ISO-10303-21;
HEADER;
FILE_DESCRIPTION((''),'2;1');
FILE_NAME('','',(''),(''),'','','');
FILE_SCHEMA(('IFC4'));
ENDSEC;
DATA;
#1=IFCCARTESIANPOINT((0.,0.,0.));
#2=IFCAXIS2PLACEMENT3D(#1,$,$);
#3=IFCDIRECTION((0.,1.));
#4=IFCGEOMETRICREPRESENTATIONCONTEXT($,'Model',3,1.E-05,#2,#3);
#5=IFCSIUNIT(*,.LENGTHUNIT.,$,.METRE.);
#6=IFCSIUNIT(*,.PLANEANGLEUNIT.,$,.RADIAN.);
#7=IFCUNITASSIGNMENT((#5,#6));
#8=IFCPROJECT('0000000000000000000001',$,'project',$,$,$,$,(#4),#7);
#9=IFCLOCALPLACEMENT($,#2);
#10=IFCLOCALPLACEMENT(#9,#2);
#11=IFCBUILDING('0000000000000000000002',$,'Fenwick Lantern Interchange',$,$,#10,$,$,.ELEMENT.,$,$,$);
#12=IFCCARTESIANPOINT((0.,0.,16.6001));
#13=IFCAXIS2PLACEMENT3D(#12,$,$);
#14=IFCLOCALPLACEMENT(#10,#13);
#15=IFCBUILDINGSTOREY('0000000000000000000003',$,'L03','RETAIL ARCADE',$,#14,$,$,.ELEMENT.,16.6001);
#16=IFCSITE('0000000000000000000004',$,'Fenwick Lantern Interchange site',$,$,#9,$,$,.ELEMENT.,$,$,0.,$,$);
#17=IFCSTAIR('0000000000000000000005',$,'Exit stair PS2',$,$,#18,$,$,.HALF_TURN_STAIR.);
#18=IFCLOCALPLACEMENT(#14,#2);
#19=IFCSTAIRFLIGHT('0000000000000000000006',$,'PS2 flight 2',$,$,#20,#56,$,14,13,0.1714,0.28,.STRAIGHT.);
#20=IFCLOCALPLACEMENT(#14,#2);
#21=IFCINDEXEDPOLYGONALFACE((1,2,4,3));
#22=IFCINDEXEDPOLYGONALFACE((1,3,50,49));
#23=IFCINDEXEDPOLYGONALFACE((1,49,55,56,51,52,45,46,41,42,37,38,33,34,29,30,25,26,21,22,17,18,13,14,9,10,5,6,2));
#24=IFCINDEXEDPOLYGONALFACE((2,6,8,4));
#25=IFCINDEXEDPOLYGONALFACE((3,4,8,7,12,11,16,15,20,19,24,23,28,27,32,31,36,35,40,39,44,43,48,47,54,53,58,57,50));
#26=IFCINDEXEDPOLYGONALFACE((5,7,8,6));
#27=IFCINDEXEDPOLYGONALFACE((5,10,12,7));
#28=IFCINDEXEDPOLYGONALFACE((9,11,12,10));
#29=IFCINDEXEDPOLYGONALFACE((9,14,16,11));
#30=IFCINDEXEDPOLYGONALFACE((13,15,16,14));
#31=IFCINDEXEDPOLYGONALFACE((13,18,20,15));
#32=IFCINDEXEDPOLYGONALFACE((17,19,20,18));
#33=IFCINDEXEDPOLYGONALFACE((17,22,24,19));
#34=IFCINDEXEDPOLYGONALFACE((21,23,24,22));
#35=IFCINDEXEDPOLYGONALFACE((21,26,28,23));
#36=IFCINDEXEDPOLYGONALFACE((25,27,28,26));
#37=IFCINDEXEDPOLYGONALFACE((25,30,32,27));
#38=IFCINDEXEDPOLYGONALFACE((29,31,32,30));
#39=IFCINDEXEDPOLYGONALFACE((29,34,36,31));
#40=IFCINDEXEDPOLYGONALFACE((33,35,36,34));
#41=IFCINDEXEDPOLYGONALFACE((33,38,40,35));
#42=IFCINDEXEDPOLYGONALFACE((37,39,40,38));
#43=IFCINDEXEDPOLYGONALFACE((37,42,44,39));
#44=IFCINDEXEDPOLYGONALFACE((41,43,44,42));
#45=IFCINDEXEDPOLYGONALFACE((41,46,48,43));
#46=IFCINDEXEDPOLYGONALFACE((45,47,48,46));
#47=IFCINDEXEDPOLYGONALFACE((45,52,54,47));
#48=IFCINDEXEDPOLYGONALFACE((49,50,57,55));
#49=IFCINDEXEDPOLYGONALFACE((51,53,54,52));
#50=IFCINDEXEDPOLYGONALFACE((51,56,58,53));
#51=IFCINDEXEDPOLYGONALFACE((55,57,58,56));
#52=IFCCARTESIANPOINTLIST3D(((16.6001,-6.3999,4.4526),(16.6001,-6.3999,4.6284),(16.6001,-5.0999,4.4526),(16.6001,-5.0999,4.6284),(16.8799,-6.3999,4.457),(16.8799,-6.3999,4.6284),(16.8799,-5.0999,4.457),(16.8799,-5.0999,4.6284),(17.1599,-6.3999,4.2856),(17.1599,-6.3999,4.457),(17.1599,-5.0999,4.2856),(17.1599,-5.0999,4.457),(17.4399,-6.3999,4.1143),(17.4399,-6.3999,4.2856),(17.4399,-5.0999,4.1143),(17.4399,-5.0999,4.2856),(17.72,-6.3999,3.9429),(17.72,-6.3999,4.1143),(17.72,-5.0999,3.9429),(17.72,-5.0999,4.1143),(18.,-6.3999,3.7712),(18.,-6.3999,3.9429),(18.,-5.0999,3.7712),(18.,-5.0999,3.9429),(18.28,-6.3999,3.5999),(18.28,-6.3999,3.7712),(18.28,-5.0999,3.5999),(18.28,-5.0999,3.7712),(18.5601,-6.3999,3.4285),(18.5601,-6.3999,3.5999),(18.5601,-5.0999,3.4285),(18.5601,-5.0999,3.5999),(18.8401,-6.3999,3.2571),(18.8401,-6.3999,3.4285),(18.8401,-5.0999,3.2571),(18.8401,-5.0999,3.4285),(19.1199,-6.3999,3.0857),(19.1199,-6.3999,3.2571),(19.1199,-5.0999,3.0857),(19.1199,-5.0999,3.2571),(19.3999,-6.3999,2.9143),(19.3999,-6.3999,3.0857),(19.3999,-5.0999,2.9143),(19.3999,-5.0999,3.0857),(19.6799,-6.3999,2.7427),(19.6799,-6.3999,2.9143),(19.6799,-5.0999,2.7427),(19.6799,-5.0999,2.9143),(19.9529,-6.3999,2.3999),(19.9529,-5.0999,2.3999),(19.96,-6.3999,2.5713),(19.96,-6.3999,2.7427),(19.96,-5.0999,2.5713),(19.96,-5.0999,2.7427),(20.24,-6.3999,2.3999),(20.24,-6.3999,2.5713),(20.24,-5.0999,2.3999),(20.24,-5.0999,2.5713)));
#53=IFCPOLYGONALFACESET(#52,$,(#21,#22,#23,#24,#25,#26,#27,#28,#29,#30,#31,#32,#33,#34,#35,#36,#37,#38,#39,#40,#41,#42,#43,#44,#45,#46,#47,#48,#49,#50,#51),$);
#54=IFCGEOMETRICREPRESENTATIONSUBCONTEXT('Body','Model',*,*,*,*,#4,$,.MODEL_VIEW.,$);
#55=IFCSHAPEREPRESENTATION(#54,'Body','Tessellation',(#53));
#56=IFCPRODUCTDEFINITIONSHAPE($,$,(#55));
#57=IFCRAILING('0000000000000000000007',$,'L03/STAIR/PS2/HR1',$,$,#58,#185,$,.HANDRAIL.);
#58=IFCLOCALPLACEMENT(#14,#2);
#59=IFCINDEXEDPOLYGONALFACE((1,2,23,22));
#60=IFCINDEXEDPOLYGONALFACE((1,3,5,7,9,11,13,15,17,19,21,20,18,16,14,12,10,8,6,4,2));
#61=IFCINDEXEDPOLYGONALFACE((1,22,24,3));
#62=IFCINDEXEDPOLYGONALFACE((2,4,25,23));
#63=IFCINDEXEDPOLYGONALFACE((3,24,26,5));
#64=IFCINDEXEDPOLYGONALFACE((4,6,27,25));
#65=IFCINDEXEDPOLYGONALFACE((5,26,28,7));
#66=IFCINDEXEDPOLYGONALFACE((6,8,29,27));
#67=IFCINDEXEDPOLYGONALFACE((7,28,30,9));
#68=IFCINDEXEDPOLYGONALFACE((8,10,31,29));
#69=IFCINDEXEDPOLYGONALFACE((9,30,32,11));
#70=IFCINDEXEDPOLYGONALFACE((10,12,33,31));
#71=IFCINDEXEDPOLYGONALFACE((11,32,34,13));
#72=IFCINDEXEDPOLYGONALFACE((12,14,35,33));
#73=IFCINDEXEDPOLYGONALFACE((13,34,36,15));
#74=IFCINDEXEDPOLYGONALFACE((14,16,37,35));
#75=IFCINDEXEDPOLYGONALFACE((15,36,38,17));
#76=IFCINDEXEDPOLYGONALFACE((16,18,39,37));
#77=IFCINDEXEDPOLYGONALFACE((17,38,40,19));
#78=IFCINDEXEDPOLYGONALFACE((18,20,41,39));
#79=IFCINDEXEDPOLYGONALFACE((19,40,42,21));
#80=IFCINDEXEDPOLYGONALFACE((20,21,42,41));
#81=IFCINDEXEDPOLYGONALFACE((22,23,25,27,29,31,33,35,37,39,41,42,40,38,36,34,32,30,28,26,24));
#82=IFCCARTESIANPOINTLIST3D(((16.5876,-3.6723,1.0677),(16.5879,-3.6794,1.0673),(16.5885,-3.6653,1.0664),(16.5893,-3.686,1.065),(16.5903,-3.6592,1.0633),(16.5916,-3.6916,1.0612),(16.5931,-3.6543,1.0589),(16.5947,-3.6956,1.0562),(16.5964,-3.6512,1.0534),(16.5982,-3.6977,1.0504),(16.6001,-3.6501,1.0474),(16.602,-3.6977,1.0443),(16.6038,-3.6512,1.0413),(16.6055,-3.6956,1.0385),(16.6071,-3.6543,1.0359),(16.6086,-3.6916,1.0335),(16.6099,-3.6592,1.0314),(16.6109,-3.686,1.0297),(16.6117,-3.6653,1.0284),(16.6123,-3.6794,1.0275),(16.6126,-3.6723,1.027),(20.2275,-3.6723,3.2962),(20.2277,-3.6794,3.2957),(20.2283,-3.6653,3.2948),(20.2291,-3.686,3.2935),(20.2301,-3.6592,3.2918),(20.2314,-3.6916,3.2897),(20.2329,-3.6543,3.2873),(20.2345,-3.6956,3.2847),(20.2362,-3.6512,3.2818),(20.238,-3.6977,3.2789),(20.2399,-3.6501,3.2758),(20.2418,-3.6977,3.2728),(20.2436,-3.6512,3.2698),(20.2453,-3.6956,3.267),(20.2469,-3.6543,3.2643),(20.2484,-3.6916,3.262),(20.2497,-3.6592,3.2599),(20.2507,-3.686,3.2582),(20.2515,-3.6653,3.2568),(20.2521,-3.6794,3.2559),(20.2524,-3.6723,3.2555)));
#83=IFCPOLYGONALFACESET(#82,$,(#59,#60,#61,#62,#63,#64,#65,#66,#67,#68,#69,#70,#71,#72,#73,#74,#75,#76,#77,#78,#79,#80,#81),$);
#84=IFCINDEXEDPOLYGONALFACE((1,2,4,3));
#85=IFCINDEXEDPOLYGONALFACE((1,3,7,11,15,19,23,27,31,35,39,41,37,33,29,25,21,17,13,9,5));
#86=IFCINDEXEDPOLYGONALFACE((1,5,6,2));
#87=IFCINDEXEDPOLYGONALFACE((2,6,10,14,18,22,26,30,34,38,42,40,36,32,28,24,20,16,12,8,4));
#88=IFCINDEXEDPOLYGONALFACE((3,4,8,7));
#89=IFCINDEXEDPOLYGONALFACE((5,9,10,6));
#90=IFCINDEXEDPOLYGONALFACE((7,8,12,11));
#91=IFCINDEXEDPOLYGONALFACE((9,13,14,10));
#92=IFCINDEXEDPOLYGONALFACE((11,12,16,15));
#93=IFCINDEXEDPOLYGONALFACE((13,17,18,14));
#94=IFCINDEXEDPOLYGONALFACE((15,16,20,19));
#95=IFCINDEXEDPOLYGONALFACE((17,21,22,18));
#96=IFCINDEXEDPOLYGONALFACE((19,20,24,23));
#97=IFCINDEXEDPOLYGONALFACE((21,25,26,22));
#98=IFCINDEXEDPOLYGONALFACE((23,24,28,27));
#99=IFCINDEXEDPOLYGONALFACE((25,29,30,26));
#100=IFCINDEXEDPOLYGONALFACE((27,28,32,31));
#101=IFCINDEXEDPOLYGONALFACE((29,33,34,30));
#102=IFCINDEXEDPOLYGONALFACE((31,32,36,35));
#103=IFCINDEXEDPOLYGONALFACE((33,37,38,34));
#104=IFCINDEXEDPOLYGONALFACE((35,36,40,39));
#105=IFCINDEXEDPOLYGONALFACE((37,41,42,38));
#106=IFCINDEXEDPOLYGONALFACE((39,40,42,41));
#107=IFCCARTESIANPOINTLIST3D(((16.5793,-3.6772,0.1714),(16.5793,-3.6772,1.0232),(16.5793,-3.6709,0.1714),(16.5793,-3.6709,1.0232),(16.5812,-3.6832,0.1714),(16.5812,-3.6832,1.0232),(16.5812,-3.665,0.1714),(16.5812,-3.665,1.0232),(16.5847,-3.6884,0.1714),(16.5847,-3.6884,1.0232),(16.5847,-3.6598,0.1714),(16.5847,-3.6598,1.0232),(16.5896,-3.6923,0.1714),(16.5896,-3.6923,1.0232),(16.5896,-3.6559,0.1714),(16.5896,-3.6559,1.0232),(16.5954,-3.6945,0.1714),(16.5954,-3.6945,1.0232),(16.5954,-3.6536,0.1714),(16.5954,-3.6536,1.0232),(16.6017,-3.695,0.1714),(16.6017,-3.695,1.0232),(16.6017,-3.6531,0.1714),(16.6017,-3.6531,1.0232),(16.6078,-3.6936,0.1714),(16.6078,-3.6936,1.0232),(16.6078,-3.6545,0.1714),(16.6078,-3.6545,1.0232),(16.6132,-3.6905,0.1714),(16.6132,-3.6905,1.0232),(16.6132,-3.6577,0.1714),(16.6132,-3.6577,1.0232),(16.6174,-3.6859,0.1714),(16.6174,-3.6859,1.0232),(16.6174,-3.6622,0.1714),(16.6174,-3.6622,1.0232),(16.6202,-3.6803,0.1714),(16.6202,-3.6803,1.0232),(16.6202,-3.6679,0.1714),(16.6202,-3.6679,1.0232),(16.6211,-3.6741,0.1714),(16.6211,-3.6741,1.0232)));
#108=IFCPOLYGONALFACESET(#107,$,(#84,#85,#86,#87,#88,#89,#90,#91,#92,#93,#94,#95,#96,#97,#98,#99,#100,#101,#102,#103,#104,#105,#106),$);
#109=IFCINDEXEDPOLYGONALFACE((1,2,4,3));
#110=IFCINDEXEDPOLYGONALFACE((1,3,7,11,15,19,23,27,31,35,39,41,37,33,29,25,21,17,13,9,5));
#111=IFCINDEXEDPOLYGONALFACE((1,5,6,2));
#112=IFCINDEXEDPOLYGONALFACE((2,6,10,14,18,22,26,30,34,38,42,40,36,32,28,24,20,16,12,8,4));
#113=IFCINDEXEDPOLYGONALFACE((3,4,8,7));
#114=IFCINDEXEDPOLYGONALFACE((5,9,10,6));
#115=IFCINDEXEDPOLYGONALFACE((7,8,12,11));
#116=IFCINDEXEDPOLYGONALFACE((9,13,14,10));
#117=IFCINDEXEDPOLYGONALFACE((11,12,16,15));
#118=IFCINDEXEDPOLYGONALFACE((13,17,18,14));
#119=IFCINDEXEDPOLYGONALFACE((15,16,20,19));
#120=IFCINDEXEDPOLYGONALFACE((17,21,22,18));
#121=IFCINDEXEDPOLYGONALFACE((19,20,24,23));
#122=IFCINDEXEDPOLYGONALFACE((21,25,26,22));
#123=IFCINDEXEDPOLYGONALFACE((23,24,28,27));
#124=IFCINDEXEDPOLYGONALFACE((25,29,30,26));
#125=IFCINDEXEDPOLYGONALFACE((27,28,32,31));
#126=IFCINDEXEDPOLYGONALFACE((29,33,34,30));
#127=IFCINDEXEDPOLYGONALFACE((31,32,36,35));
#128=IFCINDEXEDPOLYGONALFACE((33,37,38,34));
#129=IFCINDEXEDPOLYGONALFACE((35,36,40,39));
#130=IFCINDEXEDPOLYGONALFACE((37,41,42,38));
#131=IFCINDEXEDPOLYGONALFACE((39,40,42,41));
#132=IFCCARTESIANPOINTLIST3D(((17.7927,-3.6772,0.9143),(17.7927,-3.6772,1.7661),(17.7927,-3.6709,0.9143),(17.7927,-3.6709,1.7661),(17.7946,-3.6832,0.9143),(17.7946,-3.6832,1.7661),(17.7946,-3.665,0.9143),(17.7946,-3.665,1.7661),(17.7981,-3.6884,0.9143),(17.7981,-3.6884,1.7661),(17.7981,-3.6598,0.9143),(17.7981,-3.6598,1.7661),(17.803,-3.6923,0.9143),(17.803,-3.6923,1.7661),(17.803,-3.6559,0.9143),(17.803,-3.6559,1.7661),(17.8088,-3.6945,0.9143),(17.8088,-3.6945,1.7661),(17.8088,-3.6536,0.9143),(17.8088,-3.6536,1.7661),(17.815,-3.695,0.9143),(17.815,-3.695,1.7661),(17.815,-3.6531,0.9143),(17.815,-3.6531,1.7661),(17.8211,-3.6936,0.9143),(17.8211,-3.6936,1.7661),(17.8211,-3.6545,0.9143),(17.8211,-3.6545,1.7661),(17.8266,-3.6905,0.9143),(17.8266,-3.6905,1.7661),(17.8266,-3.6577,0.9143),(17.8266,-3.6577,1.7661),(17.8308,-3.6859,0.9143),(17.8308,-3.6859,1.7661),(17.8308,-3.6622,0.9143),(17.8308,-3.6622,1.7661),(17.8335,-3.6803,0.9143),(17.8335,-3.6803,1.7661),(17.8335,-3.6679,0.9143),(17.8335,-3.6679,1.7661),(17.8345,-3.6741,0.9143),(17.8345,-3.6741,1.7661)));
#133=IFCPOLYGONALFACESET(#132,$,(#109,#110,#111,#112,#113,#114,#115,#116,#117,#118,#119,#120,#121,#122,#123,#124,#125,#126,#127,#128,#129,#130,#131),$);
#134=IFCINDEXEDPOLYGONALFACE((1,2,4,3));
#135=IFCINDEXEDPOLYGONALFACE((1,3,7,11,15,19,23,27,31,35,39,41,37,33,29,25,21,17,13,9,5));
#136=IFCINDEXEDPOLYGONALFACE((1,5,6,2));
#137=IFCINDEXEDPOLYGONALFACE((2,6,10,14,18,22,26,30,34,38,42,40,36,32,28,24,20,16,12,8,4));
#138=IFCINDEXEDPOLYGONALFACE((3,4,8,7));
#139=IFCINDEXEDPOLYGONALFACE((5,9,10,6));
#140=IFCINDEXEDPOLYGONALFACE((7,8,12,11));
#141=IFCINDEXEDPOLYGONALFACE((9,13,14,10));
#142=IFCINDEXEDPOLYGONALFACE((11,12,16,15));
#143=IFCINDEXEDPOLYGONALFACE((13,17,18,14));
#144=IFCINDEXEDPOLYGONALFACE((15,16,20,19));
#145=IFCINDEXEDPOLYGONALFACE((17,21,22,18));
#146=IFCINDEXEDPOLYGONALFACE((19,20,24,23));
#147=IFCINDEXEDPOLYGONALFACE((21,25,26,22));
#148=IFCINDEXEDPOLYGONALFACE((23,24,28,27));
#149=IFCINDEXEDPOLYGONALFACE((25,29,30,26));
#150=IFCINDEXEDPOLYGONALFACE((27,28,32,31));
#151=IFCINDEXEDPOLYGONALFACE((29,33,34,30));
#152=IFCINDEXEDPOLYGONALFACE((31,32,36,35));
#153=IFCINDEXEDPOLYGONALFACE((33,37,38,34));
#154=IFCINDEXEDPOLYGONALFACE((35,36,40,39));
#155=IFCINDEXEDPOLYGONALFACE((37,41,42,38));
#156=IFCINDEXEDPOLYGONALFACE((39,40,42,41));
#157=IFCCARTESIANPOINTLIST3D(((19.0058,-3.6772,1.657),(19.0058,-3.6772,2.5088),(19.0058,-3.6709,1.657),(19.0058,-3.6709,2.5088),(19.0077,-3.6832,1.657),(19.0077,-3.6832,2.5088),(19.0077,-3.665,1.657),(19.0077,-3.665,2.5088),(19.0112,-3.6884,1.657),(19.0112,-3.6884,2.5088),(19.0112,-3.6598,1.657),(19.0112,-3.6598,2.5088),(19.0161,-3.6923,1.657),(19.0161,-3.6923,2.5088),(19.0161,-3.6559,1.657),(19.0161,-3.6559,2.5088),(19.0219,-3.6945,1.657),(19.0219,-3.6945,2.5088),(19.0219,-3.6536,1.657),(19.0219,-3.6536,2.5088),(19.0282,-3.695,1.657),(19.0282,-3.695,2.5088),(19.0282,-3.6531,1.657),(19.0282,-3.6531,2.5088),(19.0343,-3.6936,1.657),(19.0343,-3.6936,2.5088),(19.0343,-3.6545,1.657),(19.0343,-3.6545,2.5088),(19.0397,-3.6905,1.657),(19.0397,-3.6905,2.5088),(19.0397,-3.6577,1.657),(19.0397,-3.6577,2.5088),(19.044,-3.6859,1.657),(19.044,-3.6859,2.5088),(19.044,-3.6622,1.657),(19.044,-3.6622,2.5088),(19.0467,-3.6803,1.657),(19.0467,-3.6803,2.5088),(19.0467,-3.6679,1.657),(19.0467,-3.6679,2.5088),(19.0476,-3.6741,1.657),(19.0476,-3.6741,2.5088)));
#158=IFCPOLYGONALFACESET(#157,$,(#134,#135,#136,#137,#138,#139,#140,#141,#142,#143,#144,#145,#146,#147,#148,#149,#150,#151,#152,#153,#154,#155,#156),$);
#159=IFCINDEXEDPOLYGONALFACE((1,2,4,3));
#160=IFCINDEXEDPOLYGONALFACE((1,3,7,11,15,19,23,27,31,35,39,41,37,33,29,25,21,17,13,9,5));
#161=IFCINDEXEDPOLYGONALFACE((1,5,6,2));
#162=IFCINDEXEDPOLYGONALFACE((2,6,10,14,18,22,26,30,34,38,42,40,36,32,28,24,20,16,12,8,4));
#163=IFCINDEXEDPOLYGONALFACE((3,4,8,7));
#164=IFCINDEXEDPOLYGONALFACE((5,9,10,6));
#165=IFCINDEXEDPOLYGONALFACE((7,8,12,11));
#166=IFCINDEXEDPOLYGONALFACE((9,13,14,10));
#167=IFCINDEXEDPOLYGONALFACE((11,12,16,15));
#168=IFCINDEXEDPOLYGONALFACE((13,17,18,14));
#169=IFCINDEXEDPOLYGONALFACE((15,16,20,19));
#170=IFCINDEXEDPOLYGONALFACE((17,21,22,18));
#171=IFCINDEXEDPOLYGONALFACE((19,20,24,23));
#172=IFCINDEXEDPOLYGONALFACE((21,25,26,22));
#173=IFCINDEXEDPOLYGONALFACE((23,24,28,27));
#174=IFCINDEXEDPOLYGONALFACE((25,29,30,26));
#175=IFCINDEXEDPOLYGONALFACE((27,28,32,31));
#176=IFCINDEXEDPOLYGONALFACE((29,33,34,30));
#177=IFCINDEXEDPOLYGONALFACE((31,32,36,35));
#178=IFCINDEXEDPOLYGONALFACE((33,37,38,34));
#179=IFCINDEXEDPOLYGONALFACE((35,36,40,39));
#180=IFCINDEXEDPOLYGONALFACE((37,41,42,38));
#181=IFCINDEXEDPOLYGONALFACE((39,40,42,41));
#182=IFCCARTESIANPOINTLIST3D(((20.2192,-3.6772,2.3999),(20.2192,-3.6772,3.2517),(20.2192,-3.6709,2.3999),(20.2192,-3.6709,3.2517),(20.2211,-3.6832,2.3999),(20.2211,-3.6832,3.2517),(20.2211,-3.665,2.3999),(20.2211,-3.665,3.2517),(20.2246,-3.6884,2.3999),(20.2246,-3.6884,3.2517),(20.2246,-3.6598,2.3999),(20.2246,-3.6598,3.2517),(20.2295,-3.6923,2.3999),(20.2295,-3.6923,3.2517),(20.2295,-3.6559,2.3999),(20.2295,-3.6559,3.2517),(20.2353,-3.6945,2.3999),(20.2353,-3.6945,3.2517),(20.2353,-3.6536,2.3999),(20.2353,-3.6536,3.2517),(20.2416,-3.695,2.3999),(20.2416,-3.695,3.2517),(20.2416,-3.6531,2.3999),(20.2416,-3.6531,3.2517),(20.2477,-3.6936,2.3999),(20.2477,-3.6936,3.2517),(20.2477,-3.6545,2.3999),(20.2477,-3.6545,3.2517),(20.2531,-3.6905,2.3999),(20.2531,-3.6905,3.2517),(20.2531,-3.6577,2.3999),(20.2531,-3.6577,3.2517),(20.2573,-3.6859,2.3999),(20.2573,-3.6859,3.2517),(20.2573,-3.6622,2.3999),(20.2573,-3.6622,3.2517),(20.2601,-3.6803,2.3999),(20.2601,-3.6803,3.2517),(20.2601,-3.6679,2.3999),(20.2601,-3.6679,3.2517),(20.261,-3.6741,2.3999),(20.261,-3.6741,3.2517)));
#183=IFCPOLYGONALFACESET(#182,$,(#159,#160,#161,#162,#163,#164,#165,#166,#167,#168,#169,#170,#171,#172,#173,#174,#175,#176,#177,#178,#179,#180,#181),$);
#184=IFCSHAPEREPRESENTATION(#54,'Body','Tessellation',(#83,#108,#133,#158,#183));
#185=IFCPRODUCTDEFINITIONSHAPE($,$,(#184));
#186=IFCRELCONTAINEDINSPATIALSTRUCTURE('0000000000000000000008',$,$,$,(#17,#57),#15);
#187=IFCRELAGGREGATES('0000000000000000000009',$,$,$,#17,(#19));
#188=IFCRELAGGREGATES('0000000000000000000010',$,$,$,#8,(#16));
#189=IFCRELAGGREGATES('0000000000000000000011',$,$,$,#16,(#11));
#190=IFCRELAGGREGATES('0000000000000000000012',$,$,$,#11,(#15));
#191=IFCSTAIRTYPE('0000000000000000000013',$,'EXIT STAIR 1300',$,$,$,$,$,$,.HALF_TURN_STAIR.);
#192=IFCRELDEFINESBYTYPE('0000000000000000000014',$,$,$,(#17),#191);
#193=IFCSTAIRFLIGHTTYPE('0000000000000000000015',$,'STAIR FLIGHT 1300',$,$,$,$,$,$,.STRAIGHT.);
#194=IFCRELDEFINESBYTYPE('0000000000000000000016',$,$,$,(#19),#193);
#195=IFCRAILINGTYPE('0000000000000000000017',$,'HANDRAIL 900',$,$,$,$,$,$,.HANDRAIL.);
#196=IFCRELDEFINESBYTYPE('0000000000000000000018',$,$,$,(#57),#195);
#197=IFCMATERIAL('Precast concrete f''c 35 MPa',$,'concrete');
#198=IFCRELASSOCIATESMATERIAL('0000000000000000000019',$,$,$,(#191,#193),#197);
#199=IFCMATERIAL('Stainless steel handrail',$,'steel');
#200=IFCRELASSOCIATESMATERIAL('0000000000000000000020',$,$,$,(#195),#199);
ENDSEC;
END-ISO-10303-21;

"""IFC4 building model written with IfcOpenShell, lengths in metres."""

from ifc_helpers import new_model, si_unit, direction, frame, origin, origin_2d, place, context, subcontext, project, spatial, polyline, circle, outline, extrude, material, type_object, element, aggregate, save


model = new_model("IFC4")

# Units and contexts
model_context = context("Model", 3, precision=1e-05, world=origin(), true_north=direction((0.0, 1.0)))
body_context = subcontext(model_context, "Body", "Model", "MODEL_VIEW")
ifc_project = project(units=[si_unit("LENGTHUNIT", "METRE"), si_unit("PLANEANGLEUNIT", "RADIAN")], contexts=[model_context])

# Site, building, storey
site_placement = place(None, origin())
site = spatial("IfcSite", under=ifc_project, at=site_placement, Name="Fenwick Lantern Interchange site", CompositionType="ELEMENT", RefElevation=0.0)
building_placement = place(site_placement, origin())
building = spatial("IfcBuilding", under=site, at=building_placement, Name="Fenwick Lantern Interchange", CompositionType="ELEMENT")
storey_placement = place(building_placement, frame((0.0, 0.0, 16.6001)))
storey = spatial("IfcBuildingStorey", under=building, at=storey_placement, Name="L03", Description="RETAIL ARCADE", CompositionType="ELEMENT", Elevation=16.6001)

# Stair, stair flight
ifc_material_1 = material(Name="Precast concrete f'c 35 MPa", Category="concrete")
stair_type = type_object("IfcStairType", Name="EXIT STAIR 1300", PredefinedType="HALF_TURN_STAIR", material=ifc_material_1)
stair_placement = place(storey_placement, origin())
stair = element("IfcStair", 1, at=stair_placement, inside=storey, type_object=stair_type, Name="Exit stair PS2", PredefinedType="HALF_TURN_STAIR")
stair_flight_type = type_object("IfcStairFlightType", Name="STAIR FLIGHT 1300", PredefinedType="STRAIGHT", material=ifc_material_1)
stair_flight_1_placement = place(storey_placement, frame((20.24, -5.75, 2.3999), z_axis=(0.0, 0.0, 1.0), x_axis=(-1.0, 0.0, 0.0)))
stair_flight_1 = element("IfcStairFlight", 2, at=stair_flight_1_placement, type_object=stair_flight_type, Name="PS2 flight 2", NumberOfRisers=14, NumberOfTreads=13, PredefinedType="STRAIGHT", RiserHeight=0.1714, TreadLength=0.28, context=body_context, shape_type="SweptSolid", body=[
    extrude(outline(polyline([(0.0, 0.0), (0.0, 0.1714), (0.28, 0.1714), (0.28, 0.3428), (0.5601, 0.3428), (0.5601, 0.5144), (0.8401, 0.5144), (0.8401, 0.6858), (1.1201, 0.6858), (1.1201, 0.8572), (1.3999, 0.8572), (1.3999, 1.0286), (1.6799, 1.0286), (1.6799, 1.2), (1.96, 1.2), (1.96, 1.3713), (2.24, 1.3713), (2.24, 1.543), (2.52, 1.543), (2.52, 1.7144), (2.8, 1.7144), (2.8, 1.8857), (3.0801, 1.8857), (3.0801, 2.0571), (3.3601, 2.0571), (3.3601, 2.2285), (3.6399, 2.2285), (3.6399, 2.3999), (3.6399, 2.0527), (0.2871, 0.0), (0.0, 0.0)])), frame((0.0, 0.6499, 0.0), z_axis=(0.0, -1.0, 0.0), x_axis=(1.0, 0.0, 0.0)), (0.0, 0.0, 1.0), 1.3),
])
aggregate(stair, [stair_flight_1])

# Railing
ifc_material_2 = material(Name="Stainless steel handrail", Category="steel")
railing_type = type_object("IfcRailingType", Name="HANDRAIL 900", PredefinedType="HANDRAIL", material=ifc_material_2)
railing_1_placement = place(storey_placement, frame((16.6001, -3.6741, 0.1714)))
element("IfcRailing", 3, at=railing_1_placement, inside=storey, type_object=railing_type, Name="L03/STAIR/PS2/HR1", PredefinedType="HANDRAIL", context=body_context, shape_type="SweptSolid", body=[
    extrude(circle(Radius=0.0239, at=origin_2d()), frame((0.0, 0.0, 0.876), z_axis=(0.85285, 0.0, 0.522156), x_axis=(0.0, 1.0, 0.0)), (0.0, 0.0, 1.0), 4.2678),
    extrude(circle(Radius=0.021, at=origin_2d()), origin(), (0.0, 0.0, 1.0), 0.8518),
    extrude(circle(Radius=0.021, at=origin_2d()), frame((1.2134, 0.0, 0.7429)), (0.0, 0.0, 1.0), 0.8518),
    extrude(circle(Radius=0.021, at=origin_2d()), frame((2.4265, 0.0, 1.4856)), (0.0, 0.0, 1.0), 0.8518),
    extrude(circle(Radius=0.021, at=origin_2d()), frame((3.6399, 0.0, 2.2285)), (0.0, 0.0, 1.0), 0.8518),
])

save(model, "model.ifc")
